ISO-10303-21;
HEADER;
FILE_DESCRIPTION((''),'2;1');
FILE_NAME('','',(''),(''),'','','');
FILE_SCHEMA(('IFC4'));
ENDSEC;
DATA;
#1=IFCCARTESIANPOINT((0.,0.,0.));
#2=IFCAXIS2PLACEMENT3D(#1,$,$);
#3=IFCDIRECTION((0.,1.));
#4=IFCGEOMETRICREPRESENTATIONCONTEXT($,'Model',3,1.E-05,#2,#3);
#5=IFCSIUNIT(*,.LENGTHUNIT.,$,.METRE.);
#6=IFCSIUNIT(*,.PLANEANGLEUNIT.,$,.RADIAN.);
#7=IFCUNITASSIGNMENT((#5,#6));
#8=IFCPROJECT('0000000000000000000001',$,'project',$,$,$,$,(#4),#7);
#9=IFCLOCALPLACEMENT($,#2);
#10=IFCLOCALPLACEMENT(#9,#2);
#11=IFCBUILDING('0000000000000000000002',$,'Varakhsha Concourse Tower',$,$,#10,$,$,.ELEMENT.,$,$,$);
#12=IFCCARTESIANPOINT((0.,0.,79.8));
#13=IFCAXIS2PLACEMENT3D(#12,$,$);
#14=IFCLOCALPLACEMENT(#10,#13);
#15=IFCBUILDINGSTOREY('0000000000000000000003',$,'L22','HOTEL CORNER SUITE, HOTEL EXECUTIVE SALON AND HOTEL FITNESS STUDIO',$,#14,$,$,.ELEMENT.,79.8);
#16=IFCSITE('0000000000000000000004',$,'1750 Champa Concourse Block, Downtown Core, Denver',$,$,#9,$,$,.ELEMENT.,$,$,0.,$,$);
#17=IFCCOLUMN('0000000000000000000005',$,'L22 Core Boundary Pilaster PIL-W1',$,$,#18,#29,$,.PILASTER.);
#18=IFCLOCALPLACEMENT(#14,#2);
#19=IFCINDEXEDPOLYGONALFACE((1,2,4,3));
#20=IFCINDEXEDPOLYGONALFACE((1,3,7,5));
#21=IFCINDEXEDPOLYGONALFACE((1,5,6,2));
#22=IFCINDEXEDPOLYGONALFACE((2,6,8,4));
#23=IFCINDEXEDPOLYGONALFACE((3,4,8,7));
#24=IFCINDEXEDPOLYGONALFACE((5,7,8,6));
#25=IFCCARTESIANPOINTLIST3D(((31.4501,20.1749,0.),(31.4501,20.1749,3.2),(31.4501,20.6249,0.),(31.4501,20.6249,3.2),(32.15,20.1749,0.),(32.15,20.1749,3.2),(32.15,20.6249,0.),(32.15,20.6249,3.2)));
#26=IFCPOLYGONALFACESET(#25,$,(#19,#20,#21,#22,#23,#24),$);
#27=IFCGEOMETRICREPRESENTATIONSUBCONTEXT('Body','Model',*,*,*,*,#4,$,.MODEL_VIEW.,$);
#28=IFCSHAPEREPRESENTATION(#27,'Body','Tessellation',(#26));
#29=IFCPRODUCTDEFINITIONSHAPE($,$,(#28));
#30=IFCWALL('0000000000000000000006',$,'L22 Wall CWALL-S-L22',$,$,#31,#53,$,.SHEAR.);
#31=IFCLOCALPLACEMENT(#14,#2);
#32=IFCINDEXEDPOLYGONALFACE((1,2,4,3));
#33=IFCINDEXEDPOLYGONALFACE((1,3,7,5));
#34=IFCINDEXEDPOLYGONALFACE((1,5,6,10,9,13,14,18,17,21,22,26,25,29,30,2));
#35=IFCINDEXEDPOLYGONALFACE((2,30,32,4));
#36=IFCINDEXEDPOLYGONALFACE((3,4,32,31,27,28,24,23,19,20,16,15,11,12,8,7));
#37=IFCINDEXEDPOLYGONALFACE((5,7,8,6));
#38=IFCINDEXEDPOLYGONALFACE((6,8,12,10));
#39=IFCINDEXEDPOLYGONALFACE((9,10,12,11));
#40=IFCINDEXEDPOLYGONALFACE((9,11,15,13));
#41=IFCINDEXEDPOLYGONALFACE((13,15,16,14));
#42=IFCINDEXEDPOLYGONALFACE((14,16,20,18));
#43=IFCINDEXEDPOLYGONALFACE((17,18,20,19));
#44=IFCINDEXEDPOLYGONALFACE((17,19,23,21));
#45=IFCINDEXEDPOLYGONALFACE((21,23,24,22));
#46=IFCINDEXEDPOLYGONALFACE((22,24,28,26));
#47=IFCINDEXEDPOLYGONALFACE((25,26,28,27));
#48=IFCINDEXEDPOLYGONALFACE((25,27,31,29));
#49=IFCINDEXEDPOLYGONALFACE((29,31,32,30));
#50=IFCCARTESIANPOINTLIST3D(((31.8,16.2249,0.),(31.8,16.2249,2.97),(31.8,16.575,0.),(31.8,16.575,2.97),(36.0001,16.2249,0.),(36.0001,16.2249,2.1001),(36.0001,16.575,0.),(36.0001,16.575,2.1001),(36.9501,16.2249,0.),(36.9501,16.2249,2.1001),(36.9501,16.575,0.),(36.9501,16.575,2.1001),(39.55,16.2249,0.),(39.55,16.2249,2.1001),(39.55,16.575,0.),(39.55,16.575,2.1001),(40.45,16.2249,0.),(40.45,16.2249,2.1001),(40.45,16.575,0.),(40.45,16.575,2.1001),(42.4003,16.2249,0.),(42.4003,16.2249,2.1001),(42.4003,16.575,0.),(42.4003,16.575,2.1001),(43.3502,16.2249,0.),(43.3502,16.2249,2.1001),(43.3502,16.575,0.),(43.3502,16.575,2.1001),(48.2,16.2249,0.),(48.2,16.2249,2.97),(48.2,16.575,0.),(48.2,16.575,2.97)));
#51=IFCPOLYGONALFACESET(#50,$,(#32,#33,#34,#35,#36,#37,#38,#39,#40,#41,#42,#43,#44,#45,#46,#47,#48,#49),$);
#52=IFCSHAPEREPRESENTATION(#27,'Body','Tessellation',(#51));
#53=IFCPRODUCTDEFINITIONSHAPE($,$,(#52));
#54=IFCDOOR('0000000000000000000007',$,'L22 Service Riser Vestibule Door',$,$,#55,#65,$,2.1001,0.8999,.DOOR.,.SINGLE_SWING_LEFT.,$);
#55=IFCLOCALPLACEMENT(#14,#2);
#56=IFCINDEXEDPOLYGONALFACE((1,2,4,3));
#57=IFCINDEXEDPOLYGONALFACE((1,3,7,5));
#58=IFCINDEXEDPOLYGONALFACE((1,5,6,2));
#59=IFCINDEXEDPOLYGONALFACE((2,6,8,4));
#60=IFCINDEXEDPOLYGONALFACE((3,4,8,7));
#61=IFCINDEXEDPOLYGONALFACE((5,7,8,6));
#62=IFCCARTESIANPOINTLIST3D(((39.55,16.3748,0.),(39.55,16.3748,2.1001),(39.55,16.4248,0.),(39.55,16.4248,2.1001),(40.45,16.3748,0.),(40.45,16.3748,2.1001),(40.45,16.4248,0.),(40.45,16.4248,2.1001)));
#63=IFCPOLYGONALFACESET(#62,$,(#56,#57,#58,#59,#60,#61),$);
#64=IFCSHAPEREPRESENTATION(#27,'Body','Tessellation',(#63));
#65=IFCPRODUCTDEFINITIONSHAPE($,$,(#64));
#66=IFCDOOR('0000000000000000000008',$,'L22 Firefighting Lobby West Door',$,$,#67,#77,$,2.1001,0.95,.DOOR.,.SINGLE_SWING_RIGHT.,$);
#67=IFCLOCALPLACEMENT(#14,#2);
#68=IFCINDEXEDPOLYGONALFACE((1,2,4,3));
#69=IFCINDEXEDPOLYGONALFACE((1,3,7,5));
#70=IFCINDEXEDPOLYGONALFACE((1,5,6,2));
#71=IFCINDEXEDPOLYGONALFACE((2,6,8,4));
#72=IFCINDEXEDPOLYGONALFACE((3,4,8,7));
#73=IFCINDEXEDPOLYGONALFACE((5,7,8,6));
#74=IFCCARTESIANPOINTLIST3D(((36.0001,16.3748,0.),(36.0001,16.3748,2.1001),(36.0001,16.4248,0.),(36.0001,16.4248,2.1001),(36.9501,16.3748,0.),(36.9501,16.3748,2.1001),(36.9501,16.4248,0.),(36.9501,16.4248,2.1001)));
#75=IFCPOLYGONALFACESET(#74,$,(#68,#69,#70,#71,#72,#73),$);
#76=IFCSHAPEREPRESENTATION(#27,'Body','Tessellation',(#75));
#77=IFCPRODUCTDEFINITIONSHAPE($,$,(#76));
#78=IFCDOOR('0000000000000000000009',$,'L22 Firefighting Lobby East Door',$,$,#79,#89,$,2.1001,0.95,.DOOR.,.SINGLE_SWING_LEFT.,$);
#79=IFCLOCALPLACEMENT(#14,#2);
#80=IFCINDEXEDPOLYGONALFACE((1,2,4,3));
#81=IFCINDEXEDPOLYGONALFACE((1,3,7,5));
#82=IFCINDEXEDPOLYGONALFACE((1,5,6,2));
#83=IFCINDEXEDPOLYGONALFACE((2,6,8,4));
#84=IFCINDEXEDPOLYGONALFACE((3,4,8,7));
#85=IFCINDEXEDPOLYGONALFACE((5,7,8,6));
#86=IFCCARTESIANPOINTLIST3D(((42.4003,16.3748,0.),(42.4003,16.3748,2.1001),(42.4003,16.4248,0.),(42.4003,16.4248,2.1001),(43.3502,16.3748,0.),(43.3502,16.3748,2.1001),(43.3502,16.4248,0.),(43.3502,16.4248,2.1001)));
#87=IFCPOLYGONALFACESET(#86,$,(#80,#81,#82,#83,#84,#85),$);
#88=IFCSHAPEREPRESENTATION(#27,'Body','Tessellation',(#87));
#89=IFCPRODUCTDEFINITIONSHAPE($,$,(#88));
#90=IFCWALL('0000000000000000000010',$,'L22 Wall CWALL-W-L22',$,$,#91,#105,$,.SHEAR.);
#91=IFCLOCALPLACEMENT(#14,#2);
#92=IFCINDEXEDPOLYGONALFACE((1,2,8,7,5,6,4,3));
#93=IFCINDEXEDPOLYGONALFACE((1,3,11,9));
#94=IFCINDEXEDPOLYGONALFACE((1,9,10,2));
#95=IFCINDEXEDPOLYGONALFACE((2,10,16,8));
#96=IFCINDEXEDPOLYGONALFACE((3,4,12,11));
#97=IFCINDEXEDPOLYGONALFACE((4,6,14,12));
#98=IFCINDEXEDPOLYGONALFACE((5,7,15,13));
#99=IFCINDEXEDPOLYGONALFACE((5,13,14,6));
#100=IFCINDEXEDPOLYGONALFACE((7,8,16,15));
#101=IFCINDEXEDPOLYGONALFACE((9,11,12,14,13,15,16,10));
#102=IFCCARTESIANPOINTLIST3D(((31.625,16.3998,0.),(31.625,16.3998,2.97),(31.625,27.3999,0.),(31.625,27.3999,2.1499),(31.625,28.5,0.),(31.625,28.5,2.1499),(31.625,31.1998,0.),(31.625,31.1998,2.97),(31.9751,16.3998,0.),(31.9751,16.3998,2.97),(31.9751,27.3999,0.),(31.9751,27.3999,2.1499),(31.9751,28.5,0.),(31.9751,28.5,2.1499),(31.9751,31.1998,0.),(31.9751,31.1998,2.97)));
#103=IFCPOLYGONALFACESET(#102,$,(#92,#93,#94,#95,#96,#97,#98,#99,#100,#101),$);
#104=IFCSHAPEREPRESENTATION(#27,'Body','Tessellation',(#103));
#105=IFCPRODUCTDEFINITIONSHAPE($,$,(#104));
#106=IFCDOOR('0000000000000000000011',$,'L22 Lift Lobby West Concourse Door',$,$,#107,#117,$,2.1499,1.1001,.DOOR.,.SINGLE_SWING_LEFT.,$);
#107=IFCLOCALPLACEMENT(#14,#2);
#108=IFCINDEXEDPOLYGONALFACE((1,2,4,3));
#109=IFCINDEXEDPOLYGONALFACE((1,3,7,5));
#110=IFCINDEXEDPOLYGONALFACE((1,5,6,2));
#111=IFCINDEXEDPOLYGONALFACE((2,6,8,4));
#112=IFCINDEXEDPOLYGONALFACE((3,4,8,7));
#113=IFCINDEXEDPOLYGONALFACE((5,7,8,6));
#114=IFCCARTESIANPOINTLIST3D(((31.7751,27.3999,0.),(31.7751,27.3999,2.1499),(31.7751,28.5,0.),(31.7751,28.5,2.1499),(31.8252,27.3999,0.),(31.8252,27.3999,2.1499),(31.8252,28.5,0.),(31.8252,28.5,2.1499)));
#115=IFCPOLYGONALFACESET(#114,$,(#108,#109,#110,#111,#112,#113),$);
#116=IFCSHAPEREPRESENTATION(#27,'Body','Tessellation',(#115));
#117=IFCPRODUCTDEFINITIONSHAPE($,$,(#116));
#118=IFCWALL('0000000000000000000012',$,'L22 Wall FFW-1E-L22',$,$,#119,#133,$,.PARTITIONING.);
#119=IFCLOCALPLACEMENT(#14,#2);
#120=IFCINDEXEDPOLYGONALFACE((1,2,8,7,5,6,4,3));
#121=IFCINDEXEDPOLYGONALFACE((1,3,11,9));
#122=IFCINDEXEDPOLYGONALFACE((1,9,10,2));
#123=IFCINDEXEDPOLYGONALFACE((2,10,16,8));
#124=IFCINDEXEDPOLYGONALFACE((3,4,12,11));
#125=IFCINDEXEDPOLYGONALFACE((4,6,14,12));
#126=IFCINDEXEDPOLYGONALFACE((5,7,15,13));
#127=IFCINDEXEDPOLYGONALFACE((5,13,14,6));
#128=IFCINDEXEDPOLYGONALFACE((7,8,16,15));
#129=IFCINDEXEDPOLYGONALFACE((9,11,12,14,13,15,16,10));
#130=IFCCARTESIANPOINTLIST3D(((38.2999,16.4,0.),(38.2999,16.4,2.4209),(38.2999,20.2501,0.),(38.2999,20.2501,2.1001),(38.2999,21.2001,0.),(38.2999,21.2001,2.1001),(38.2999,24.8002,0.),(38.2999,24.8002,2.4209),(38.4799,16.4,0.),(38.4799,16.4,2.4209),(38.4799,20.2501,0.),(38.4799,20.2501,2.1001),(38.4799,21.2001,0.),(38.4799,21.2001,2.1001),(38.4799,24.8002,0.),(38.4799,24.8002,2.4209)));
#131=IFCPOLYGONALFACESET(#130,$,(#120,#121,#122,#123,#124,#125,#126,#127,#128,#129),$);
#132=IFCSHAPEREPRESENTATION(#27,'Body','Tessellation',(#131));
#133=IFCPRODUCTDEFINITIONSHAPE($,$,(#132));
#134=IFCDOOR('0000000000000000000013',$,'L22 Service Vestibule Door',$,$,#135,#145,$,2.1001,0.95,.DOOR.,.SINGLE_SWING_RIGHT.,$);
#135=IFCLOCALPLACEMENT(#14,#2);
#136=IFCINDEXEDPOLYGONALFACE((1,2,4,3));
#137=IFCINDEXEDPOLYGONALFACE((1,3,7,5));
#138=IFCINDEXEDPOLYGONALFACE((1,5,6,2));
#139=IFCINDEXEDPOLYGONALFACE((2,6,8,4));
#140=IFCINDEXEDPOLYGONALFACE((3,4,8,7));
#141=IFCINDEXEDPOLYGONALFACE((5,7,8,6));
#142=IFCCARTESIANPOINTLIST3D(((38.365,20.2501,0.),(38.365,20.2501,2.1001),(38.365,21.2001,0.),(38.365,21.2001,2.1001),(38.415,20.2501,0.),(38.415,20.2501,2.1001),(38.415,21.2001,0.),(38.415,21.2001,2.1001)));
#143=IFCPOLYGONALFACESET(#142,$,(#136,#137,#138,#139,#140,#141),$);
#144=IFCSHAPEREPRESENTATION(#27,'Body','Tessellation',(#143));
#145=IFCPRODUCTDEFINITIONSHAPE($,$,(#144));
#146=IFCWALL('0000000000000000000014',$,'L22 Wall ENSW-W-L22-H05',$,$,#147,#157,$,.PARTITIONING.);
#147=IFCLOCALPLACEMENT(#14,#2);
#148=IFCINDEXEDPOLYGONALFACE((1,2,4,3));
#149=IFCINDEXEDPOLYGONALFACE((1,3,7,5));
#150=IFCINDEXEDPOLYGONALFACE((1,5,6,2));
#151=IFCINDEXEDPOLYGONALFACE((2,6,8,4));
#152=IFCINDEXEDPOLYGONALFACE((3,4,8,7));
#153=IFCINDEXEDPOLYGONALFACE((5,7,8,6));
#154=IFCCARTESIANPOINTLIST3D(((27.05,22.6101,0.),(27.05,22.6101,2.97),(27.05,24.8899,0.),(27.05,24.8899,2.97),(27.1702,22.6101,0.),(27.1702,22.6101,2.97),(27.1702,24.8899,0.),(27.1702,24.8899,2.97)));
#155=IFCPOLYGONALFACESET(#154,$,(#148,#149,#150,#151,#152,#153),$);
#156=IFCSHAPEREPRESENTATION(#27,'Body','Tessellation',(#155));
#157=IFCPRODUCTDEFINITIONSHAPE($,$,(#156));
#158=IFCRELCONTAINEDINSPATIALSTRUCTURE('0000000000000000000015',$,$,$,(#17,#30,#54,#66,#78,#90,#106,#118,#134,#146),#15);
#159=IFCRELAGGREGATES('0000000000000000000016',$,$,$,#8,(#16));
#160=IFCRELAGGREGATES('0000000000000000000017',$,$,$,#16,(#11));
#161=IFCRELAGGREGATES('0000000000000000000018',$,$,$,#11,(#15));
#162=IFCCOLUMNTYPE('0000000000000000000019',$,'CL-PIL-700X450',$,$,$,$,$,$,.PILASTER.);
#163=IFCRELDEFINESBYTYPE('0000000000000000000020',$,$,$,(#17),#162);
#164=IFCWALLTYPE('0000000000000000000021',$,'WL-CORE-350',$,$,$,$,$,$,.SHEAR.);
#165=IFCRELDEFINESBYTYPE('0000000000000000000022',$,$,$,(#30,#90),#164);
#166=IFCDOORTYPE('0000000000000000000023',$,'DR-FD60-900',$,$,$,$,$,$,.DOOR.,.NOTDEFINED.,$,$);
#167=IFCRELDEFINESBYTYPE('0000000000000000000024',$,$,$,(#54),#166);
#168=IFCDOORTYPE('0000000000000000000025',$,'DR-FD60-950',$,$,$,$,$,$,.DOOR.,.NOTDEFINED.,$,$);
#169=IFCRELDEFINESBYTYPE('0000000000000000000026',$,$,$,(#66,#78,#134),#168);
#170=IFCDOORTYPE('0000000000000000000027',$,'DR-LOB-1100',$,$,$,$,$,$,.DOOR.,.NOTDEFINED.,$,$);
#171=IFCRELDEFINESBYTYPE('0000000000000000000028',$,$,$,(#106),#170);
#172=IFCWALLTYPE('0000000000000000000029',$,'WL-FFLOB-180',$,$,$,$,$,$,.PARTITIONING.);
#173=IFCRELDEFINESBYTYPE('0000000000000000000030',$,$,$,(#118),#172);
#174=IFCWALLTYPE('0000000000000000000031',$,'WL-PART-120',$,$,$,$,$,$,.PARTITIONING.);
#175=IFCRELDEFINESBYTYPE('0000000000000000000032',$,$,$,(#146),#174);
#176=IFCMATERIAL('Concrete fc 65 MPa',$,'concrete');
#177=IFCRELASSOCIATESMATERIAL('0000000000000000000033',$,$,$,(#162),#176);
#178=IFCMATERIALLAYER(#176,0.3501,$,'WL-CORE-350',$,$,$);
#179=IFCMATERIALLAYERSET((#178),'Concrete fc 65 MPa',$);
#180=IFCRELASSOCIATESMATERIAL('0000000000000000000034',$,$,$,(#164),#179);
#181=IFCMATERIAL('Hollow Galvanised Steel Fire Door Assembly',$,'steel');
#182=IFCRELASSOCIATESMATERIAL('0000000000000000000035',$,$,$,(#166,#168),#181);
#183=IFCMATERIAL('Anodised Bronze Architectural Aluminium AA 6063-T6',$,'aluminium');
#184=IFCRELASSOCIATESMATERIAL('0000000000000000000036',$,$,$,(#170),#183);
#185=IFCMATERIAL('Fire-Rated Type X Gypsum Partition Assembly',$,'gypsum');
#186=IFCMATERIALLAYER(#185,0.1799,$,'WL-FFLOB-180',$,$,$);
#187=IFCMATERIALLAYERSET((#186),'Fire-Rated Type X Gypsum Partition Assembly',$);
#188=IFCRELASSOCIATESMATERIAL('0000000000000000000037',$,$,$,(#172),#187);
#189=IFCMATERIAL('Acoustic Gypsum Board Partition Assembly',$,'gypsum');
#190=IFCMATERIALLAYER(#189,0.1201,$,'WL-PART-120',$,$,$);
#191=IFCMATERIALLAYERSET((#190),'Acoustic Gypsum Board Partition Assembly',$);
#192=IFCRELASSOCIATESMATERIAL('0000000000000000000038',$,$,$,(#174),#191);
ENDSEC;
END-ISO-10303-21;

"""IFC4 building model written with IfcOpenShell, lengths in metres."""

from ifc_helpers import new_model, si_unit, direction, frame, frame_2d, origin, origin_2d, place, context, subcontext, project, spatial, rectangle, extrude, material, layer, layer_set, material_profile, profile_set, type_object, element, fill, save


model = new_model("IFC4")

# Units and contexts
model_context = context("Model", 3, precision=1e-05, world=origin(), true_north=direction((0.0, 1.0)))
body_context = subcontext(model_context, "Body", "Model", "MODEL_VIEW")
ifc_project = project(units=[si_unit("LENGTHUNIT", "METRE"), si_unit("PLANEANGLEUNIT", "RADIAN")], contexts=[model_context])

# Site, building, storey
site_placement = place(None, origin())
site = spatial("IfcSite", under=ifc_project, at=site_placement, Name="1750 Champa Concourse Block, Downtown Core, Denver", CompositionType="ELEMENT", RefElevation=0.0)
building_placement = place(site_placement, origin())
building = spatial("IfcBuilding", under=site, at=building_placement, Name="Varakhsha Concourse Tower", CompositionType="ELEMENT")
storey_placement = place(building_placement, frame((0.0, 0.0, 79.8)))
storey = spatial("IfcBuildingStorey", under=building, at=storey_placement, Name="L22", Description="HOTEL CORNER SUITE, HOTEL EXECUTIVE SALON AND HOTEL FITNESS STUDIO", CompositionType="ELEMENT", Elevation=79.8)

# Column
ifc_material_1 = material(Name="Concrete fc 65 MPa", Category="concrete")
ifc_material_profile = material_profile(ifc_material_1, rectangle(XDim=0.7, YDim=0.45, at=origin_2d()), Name="RC 700x450")
ifc_profile_set = profile_set([ifc_material_profile], Name="Concrete fc 65 MPa")
column_type = type_object("IfcColumnType", Name="CL-PIL-700X450", PredefinedType="PILASTER", material=ifc_profile_set)
column_placement = place(storey_placement, frame((31.8, 20.3999, 0.0), z_axis=(0.0, 0.0, 1.0), x_axis=(1.0, 0.0, 0.0)))
element("IfcColumn", 1, at=column_placement, inside=storey, type_object=column_type, Name="L22 Core Boundary Pilaster PIL-W1", PredefinedType="PILASTER", context=body_context, shape_type="SweptSolid", body=[
    extrude(rectangle(XDim=0.7, YDim=0.45, at=origin_2d()), origin(), (0.0, 0.0, 1.0), 3.2),
])

# Wall, openings, doors
ifc_layer_1 = layer(ifc_material_1, 0.3501, Name="WL-CORE-350")
ifc_layer_set_1 = layer_set([ifc_layer_1], Name="Concrete fc 65 MPa")
wall_type_1 = type_object("IfcWallType", Name="WL-CORE-350", PredefinedType="SHEAR", material=ifc_layer_set_1)
wall_1_placement = place(storey_placement, frame((31.8, 16.3999, 0.0), z_axis=(0.0, 0.0, 1.0), x_axis=(1.0, 0.0, 0.0)))
wall_1 = element("IfcWall", 2, at=wall_1_placement, inside=storey, type_object=wall_type_1, Name="L22 Wall CWALL-S-L22", PredefinedType="SHEAR", context=body_context, shape_type="SweptSolid", body=[
    extrude(rectangle(XDim=16.3999, YDim=0.3501, at=frame_2d((8.2, 0.0))), origin(), (0.0, 0.0, 1.0), 2.97),
])
opening_1_placement = place(wall_1_placement, frame((7.75, 0.0, 0.0)))
opening_1 = element("IfcOpeningElement", 3, at=opening_1_placement, cuts=wall_1, PredefinedType="OPENING", context=body_context, shape_type="SweptSolid", body=[
    extrude(rectangle(XDim=0.8999, YDim=2.1001, at=frame_2d((0.45, 1.05))), frame((0.0, 0.1851, 0.0), z_axis=(0.0, -1.0, 0.0), x_axis=(1.0, 0.0, 0.0)), (0.0, 0.0, 1.0), 0.3701),
])
opening_2_placement = place(wall_1_placement, frame((4.2, 0.0, 0.0)))
opening_2 = element("IfcOpeningElement", 4, at=opening_2_placement, cuts=wall_1, PredefinedType="OPENING", context=body_context, shape_type="SweptSolid", body=[
    extrude(rectangle(XDim=0.95, YDim=2.1001, at=frame_2d((0.4751, 1.05))), frame((0.0, 0.1851, 0.0), z_axis=(0.0, -1.0, 0.0), x_axis=(1.0, 0.0, 0.0)), (0.0, 0.0, 1.0), 0.3701),
])
opening_3_placement = place(wall_1_placement, frame((10.6001, 0.0, 0.0)))
opening_3 = element("IfcOpeningElement", 5, at=opening_3_placement, cuts=wall_1, PredefinedType="OPENING", context=body_context, shape_type="SweptSolid", body=[
    extrude(rectangle(XDim=0.95, YDim=2.1001, at=frame_2d((0.4751, 1.05))), frame((0.0, 0.1851, 0.0), z_axis=(0.0, -1.0, 0.0), x_axis=(1.0, 0.0, 0.0)), (0.0, 0.0, 1.0), 0.3701),
])
ifc_material_2 = material(Name="Hollow Galvanised Steel Fire Door Assembly", Category="steel")
door_type_1 = type_object("IfcDoorType", Name="DR-FD60-900", OperationType="NOTDEFINED", PredefinedType="DOOR", material=ifc_material_2)
door_1_placement = place(opening_1_placement, origin())
door_1 = element("IfcDoor", 6, at=door_1_placement, inside=storey, type_object=door_type_1, Name="L22 Service Riser Vestibule Door", OperationType="SINGLE_SWING_LEFT", OverallHeight=2.1001, OverallWidth=0.8999, PredefinedType="DOOR", context=body_context, shape_type="SweptSolid", body=[
    extrude(rectangle(XDim=0.8999, YDim=2.1001, at=frame_2d((0.45, 1.05))), frame((0.0, 0.0249, 0.0), z_axis=(0.0, -1.0, 0.0), x_axis=(1.0, 0.0, 0.0)), (0.0, 0.0, 1.0), 0.05),
])
fill(opening_1, door_1)
door_type_2 = type_object("IfcDoorType", Name="DR-FD60-950", OperationType="NOTDEFINED", PredefinedType="DOOR", material=ifc_material_2)
door_2_placement = place(opening_2_placement, origin())
door_2 = element("IfcDoor", 7, at=door_2_placement, inside=storey, type_object=door_type_2, Name="L22 Firefighting Lobby West Door", OperationType="SINGLE_SWING_RIGHT", OverallHeight=2.1001, OverallWidth=0.95, PredefinedType="DOOR", context=body_context, shape_type="SweptSolid", body=[
    extrude(rectangle(XDim=0.95, YDim=2.1001, at=frame_2d((0.4751, 1.05))), frame((0.0, 0.0249, 0.0), z_axis=(0.0, -1.0, 0.0), x_axis=(1.0, 0.0, 0.0)), (0.0, 0.0, 1.0), 0.05),
])
fill(opening_2, door_2)
door_3_placement = place(opening_3_placement, origin())
door_3 = element("IfcDoor", 8, at=door_3_placement, inside=storey, type_object=door_type_2, Name="L22 Firefighting Lobby East Door", OperationType="SINGLE_SWING_LEFT", OverallHeight=2.1001, OverallWidth=0.95, PredefinedType="DOOR", context=body_context, shape_type="SweptSolid", body=[
    extrude(rectangle(XDim=0.95, YDim=2.1001, at=frame_2d((0.4751, 1.05))), frame((0.0, 0.0249, 0.0), z_axis=(0.0, -1.0, 0.0), x_axis=(1.0, 0.0, 0.0)), (0.0, 0.0, 1.0), 0.05),
])
fill(opening_3, door_3)

# Walls, openings, doors
wall_2_placement = place(storey_placement, frame((31.8, 16.3999, 0.0), z_axis=(0.0, 0.0, 1.0), x_axis=(0.0, 1.0, 0.0)))
wall_2 = element("IfcWall", 9, at=wall_2_placement, inside=storey, type_object=wall_type_1, Name="L22 Wall CWALL-W-L22", PredefinedType="SHEAR", context=body_context, shape_type="SweptSolid", body=[
    extrude(rectangle(XDim=14.8, YDim=0.3501, at=frame_2d((7.3999, 0.0))), origin(), (0.0, 0.0, 1.0), 2.97),
])
opening_4_placement = place(wall_2_placement, frame((11.0, 0.0, 0.0)))
opening_4 = element("IfcOpeningElement", 10, at=opening_4_placement, cuts=wall_2, PredefinedType="OPENING", context=body_context, shape_type="SweptSolid", body=[
    extrude(rectangle(XDim=1.1001, YDim=2.1499, at=frame_2d((0.55, 1.075))), frame((0.0, 0.1851, 0.0), z_axis=(0.0, -1.0, 0.0), x_axis=(1.0, 0.0, 0.0)), (0.0, 0.0, 1.0), 0.3701),
])
ifc_material_3 = material(Name="Anodised Bronze Architectural Aluminium AA 6063-T6", Category="aluminium")
door_type_3 = type_object("IfcDoorType", Name="DR-LOB-1100", OperationType="NOTDEFINED", PredefinedType="DOOR", material=ifc_material_3)
door_4_placement = place(opening_4_placement, origin())
door_4 = element("IfcDoor", 11, at=door_4_placement, inside=storey, type_object=door_type_3, Name="L22 Lift Lobby West Concourse Door", OperationType="SINGLE_SWING_LEFT", OverallHeight=2.1499, OverallWidth=1.1001, PredefinedType="DOOR", context=body_context, shape_type="SweptSolid", body=[
    extrude(rectangle(XDim=1.1001, YDim=2.1499, at=frame_2d((0.55, 1.075))), frame((0.0, 0.0249, 0.0), z_axis=(0.0, -1.0, 0.0), x_axis=(1.0, 0.0, 0.0)), (0.0, 0.0, 1.0), 0.05),
])
fill(opening_4, door_4)
ifc_material_4 = material(Name="Fire-Rated Type X Gypsum Partition Assembly", Category="gypsum")
ifc_layer_2 = layer(ifc_material_4, 0.1799, Name="WL-FFLOB-180")
ifc_layer_set_2 = layer_set([ifc_layer_2], Name="Fire-Rated Type X Gypsum Partition Assembly")
wall_type_2 = type_object("IfcWallType", Name="WL-FFLOB-180", PredefinedType="PARTITIONING", material=ifc_layer_set_2)
wall_3_placement = place(storey_placement, frame((38.3899, 16.3999, 0.0), z_axis=(0.0, 0.0, 1.0), x_axis=(0.0, 1.0, 0.0)))
wall_3 = element("IfcWall", 12, at=wall_3_placement, inside=storey, type_object=wall_type_2, Name="L22 Wall FFW-1E-L22", PredefinedType="PARTITIONING", context=body_context, shape_type="SweptSolid", body=[
    extrude(rectangle(XDim=8.4001, YDim=0.1799, at=frame_2d((4.2002, 0.0))), origin(), (0.0, 0.0, 1.0), 2.4209),
])
opening_5_placement = place(wall_3_placement, frame((3.8501, 0.0, 0.0)))
opening_5 = element("IfcOpeningElement", 13, at=opening_5_placement, cuts=wall_3, PredefinedType="OPENING", context=body_context, shape_type="SweptSolid", body=[
    extrude(rectangle(XDim=0.95, YDim=2.1001, at=frame_2d((0.4751, 1.05))), frame((0.0, 0.0999, 0.0), z_axis=(0.0, -1.0, 0.0), x_axis=(1.0, 0.0, 0.0)), (0.0, 0.0, 1.0), 0.2),
])
door_5_placement = place(opening_5_placement, origin())
door_5 = element("IfcDoor", 14, at=door_5_placement, inside=storey, type_object=door_type_2, Name="L22 Service Vestibule Door", OperationType="SINGLE_SWING_RIGHT", OverallHeight=2.1001, OverallWidth=0.95, PredefinedType="DOOR", context=body_context, shape_type="SweptSolid", body=[
    extrude(rectangle(XDim=0.95, YDim=2.1001, at=frame_2d((0.4751, 1.05))), frame((0.0, 0.0249, 0.0), z_axis=(0.0, -1.0, 0.0), x_axis=(1.0, 0.0, 0.0)), (0.0, 0.0, 1.0), 0.05),
])
fill(opening_5, door_5)

# Wall
ifc_material_5 = material(Name="Acoustic Gypsum Board Partition Assembly", Category="gypsum")
ifc_layer_3 = layer(ifc_material_5, 0.1201, Name="WL-PART-120")
ifc_layer_set_3 = layer_set([ifc_layer_3], Name="Acoustic Gypsum Board Partition Assembly")
wall_type_3 = type_object("IfcWallType", Name="WL-PART-120", PredefinedType="PARTITIONING", material=ifc_layer_set_3)
wall_4_placement = place(storey_placement, frame((27.1101, 22.6101, 0.0), z_axis=(0.0, 0.0, 1.0), x_axis=(0.0, 1.0, 0.0)))
element("IfcWall", 15, at=wall_4_placement, inside=storey, type_object=wall_type_3, Name="L22 Wall ENSW-W-L22-H05", PredefinedType="PARTITIONING", context=body_context, shape_type="SweptSolid", body=[
    extrude(rectangle(XDim=2.2798, YDim=0.1201, at=frame_2d((1.1399, 0.0))), origin(), (0.0, 0.0, 1.0), 2.97),
])

save(model, "model.ifc")
